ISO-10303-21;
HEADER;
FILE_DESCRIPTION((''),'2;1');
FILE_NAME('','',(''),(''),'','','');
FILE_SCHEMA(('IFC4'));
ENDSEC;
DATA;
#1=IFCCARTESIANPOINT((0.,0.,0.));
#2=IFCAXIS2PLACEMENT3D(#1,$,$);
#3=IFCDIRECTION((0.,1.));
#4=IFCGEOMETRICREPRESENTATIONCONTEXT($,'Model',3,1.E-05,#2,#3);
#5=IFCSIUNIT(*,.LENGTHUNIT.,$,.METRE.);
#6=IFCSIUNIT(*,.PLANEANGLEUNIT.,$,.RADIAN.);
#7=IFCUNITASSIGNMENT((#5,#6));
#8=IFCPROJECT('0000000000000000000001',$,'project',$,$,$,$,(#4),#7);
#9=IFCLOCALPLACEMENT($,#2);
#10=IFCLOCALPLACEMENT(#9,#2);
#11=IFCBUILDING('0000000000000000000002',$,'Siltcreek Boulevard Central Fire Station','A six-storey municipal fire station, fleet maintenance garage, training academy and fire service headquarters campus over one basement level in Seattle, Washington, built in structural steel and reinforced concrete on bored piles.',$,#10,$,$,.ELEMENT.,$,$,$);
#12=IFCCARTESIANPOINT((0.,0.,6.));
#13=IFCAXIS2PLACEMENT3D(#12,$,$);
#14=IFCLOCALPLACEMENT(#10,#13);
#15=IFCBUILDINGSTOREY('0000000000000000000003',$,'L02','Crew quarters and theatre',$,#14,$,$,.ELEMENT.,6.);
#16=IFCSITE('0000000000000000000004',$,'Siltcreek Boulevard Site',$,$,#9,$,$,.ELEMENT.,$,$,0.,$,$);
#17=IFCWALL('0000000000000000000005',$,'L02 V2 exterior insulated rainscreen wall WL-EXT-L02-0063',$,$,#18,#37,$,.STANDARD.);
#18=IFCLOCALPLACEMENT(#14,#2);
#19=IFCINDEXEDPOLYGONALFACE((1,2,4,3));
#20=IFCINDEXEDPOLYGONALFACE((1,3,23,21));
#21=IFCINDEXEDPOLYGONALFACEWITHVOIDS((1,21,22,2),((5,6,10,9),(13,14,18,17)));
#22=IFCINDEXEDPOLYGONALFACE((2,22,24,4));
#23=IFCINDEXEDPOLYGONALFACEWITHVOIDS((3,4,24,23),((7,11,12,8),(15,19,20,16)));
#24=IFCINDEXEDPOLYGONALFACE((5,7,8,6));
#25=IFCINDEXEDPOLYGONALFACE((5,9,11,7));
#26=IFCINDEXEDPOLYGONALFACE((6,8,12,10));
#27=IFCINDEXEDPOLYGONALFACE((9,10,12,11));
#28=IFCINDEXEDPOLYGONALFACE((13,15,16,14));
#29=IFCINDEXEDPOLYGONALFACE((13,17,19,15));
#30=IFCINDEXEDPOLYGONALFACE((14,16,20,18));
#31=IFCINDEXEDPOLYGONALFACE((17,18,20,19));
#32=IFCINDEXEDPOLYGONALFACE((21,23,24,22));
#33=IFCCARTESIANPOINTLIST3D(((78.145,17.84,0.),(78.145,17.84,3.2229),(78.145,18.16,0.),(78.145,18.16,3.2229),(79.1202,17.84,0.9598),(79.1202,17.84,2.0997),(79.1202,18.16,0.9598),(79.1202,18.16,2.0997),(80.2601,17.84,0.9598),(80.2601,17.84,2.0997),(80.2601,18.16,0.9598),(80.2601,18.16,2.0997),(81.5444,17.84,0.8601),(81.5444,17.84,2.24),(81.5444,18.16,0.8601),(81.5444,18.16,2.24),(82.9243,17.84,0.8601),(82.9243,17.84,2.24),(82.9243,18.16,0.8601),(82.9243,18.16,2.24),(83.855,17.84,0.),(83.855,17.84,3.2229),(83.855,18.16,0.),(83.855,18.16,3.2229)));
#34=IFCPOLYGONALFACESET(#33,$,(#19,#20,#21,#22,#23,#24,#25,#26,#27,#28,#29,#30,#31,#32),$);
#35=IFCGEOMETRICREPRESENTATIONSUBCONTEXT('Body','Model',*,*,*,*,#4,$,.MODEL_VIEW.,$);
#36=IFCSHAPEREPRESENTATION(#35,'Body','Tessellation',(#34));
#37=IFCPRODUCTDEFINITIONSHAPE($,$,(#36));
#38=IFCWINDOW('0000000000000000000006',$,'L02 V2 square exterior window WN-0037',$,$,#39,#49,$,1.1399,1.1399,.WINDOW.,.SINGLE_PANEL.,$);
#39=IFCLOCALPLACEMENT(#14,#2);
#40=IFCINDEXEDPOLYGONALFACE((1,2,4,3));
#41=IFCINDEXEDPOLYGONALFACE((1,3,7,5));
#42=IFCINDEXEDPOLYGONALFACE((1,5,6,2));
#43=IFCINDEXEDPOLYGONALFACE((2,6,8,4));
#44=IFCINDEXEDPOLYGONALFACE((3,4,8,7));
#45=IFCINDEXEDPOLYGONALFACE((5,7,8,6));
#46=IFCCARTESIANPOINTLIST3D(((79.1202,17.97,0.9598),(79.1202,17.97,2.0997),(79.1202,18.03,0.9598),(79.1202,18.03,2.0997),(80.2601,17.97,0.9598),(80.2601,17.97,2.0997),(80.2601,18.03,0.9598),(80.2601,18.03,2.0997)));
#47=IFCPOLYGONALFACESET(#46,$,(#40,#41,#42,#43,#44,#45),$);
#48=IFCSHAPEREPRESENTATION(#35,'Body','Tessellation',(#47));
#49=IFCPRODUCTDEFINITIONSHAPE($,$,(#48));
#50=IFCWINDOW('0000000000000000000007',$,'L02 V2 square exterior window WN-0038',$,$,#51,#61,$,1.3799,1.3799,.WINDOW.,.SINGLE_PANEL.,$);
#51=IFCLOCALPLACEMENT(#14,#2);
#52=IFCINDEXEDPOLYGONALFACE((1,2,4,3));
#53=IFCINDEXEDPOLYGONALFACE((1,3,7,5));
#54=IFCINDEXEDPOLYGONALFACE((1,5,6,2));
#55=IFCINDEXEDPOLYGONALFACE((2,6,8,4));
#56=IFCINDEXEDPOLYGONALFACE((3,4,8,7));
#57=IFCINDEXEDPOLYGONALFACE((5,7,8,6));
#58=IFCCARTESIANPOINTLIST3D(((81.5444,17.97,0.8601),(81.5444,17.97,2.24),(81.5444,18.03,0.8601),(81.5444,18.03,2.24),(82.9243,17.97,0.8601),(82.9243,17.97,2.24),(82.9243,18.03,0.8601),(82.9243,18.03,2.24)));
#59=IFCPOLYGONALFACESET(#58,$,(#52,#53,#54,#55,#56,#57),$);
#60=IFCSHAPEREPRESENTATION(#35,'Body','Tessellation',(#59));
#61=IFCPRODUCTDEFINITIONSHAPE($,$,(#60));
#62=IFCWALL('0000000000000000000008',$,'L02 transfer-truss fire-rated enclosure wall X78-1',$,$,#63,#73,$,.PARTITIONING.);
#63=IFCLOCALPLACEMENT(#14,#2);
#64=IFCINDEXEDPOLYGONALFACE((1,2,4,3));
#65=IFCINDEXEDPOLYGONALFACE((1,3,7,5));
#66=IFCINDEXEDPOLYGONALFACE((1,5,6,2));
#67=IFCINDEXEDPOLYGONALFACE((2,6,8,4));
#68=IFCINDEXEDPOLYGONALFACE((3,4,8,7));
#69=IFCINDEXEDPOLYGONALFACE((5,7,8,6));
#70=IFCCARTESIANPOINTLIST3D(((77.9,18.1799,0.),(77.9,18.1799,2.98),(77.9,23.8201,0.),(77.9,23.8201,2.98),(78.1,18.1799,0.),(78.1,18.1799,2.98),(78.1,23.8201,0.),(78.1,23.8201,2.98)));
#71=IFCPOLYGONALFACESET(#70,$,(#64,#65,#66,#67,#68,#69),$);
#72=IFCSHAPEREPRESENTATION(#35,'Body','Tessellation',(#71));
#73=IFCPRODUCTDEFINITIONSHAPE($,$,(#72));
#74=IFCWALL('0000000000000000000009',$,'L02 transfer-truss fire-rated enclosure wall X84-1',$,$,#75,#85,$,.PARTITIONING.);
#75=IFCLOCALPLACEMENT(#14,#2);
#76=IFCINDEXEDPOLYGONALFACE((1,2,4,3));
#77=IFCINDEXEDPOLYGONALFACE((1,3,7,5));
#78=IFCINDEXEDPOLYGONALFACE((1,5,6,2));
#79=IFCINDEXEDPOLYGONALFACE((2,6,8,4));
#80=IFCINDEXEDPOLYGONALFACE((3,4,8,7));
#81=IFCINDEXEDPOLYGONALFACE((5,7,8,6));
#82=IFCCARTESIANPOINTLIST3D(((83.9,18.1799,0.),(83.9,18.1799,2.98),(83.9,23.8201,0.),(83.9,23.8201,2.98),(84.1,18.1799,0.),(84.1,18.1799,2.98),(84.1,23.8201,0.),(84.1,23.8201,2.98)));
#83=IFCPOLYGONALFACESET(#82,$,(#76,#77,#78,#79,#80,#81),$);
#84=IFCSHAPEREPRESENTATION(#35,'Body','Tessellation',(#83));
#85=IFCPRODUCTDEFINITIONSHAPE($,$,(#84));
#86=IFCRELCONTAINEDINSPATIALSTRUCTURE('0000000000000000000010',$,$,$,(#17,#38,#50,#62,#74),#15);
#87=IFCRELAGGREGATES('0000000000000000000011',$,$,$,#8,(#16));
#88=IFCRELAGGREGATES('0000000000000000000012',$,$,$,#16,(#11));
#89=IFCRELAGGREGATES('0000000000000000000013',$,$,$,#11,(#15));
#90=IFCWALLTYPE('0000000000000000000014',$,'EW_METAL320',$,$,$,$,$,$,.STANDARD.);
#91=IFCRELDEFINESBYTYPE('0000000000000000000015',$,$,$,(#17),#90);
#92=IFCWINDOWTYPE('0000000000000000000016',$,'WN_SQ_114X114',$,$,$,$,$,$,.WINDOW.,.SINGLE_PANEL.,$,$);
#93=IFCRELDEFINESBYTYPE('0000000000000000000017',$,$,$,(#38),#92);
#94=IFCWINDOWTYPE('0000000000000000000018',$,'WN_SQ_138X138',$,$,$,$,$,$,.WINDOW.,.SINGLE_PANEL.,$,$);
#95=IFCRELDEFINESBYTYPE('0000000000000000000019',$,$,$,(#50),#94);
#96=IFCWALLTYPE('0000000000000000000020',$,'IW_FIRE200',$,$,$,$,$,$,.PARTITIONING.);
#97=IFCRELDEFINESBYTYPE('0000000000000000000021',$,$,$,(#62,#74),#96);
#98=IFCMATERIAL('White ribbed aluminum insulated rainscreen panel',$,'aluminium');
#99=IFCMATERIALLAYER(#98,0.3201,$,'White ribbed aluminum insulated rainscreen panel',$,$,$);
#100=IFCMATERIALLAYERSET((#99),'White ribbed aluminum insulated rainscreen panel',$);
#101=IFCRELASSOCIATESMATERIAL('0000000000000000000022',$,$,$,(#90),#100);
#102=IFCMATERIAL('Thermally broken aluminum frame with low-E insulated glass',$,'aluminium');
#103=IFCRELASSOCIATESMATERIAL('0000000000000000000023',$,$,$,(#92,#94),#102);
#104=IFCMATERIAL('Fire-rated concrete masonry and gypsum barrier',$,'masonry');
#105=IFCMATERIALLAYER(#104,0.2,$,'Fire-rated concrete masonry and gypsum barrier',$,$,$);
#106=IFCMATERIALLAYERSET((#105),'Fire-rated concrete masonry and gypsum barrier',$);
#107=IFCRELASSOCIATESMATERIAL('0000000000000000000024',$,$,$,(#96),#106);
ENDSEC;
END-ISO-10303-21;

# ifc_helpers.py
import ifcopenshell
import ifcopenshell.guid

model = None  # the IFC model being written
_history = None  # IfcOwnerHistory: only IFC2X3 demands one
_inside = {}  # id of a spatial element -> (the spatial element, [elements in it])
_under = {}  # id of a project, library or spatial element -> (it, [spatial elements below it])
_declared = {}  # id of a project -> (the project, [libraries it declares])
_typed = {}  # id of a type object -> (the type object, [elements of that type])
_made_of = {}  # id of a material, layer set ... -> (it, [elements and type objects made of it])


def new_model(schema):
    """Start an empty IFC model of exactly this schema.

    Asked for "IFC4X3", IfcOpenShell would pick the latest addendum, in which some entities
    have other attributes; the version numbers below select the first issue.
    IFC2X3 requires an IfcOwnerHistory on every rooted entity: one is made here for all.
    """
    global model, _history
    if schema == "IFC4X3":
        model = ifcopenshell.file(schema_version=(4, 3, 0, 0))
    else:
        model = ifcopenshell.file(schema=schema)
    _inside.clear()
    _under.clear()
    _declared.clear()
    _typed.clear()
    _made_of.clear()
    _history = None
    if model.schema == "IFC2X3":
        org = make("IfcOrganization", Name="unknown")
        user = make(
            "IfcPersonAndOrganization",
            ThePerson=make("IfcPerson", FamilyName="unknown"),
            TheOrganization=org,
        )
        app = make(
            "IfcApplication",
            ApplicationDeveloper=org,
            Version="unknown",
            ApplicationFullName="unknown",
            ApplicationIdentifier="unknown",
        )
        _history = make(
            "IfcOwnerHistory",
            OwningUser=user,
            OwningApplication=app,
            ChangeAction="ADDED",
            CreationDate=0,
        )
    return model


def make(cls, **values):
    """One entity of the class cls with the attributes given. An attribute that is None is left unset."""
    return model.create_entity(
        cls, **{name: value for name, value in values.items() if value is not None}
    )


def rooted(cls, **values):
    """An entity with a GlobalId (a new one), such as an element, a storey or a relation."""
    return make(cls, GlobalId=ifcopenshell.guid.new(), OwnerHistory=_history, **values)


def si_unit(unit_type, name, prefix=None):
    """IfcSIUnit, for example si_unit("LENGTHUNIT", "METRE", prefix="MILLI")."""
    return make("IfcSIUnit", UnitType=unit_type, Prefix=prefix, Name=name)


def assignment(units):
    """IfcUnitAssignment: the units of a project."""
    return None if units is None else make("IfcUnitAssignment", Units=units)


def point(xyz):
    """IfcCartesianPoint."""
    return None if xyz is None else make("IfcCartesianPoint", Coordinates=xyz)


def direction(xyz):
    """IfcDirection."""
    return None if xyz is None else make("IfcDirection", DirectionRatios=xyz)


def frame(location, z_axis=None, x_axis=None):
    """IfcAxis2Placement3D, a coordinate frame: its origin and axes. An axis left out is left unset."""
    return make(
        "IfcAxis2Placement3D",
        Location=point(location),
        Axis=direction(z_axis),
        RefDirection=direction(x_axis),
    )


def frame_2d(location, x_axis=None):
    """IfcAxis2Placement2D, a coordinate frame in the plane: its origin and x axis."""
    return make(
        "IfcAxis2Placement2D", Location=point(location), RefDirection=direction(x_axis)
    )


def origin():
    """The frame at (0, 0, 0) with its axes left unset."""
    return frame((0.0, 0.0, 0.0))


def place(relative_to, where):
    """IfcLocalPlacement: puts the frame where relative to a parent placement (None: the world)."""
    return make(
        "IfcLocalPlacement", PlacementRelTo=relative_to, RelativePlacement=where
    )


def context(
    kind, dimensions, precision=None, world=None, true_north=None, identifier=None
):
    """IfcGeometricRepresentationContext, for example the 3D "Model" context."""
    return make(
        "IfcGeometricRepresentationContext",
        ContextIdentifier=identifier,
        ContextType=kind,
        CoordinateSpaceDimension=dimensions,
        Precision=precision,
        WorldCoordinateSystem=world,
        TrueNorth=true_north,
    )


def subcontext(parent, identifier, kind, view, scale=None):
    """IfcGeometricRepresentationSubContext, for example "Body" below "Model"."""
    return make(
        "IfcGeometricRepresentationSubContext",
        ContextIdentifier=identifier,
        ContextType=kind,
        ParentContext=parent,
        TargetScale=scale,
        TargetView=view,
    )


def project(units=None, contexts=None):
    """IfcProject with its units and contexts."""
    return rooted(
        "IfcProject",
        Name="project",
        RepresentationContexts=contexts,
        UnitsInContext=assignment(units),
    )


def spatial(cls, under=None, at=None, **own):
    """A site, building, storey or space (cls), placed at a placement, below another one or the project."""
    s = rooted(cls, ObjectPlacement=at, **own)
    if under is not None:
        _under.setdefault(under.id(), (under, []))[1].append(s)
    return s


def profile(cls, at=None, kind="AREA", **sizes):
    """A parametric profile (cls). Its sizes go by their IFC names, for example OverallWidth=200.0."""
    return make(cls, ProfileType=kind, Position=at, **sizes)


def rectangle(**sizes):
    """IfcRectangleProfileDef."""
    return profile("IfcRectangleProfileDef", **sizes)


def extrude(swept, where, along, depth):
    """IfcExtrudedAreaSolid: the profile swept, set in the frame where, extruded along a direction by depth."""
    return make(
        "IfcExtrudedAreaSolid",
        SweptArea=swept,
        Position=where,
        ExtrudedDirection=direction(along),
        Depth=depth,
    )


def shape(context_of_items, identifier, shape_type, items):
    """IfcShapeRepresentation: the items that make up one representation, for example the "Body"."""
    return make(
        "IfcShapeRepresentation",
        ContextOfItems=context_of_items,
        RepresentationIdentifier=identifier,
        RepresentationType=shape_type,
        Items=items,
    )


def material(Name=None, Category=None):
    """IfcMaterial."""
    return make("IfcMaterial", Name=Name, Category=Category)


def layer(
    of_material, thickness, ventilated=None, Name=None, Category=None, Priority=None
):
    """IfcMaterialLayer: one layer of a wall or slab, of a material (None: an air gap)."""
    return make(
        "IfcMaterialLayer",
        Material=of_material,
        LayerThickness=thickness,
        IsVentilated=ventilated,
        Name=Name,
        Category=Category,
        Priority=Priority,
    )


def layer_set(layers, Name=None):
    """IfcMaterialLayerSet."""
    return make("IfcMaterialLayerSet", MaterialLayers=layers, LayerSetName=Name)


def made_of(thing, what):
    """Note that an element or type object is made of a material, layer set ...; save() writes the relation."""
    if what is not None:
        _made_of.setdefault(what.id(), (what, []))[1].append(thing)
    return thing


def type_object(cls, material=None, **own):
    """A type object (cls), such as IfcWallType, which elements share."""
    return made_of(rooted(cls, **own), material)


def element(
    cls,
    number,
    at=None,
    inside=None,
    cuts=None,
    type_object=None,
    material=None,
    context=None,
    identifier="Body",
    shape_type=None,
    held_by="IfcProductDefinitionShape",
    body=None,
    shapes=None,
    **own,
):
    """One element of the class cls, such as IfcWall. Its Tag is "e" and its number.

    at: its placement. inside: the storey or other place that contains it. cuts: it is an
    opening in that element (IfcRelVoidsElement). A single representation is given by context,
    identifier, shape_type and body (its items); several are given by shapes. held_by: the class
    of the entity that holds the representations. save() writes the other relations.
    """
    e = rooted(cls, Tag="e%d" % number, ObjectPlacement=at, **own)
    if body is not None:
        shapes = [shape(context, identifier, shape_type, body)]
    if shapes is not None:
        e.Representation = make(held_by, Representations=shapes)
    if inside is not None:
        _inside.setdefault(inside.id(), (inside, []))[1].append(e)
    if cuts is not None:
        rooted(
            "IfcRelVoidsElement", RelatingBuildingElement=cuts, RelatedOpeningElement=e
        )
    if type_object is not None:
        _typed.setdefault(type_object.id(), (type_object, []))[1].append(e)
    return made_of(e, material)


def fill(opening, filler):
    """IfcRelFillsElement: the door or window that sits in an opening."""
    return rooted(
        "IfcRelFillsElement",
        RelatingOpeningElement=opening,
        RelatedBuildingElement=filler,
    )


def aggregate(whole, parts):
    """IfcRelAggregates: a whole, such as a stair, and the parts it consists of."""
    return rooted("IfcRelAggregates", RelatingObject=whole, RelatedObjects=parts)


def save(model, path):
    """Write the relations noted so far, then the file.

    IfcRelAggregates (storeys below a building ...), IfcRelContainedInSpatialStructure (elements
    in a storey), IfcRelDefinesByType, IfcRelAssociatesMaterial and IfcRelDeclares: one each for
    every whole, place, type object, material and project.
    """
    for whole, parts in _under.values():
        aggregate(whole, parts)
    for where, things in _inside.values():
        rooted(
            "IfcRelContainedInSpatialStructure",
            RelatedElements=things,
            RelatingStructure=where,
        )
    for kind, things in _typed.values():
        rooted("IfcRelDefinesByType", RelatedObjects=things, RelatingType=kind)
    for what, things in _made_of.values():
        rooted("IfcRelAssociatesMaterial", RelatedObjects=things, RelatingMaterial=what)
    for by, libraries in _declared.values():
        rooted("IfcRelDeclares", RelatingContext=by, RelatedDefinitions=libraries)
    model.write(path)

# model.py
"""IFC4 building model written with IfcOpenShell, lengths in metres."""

from ifc_helpers import new_model, si_unit, direction, frame, frame_2d, origin, place, context, subcontext, project, spatial, rectangle, extrude, material, layer, layer_set, type_object, element, fill, save


model = new_model("IFC4")

# Units and contexts
model_context = context("Model", 3, precision=1e-05, world=origin(), true_north=direction((0.0, 1.0)))
body_context = subcontext(model_context, "Body", "Model", "MODEL_VIEW")
ifc_project = project(units=[si_unit("LENGTHUNIT", "METRE"), si_unit("PLANEANGLEUNIT", "RADIAN")], contexts=[model_context])

# Site, building, storey
site_placement = place(None, origin())
site = spatial("IfcSite", under=ifc_project, at=site_placement, Name="Siltcreek Boulevard Site", CompositionType="ELEMENT", RefElevation=0.0)
building_placement = place(site_placement, origin())
building = spatial("IfcBuilding", under=site, at=building_placement, Name="Siltcreek Boulevard Central Fire Station", Description="A six-storey municipal fire station, fleet maintenance garage, training academy and fire service headquarters campus over one basement level in Seattle, Washington, built in structural steel and reinforced concrete on bored piles.", CompositionType="ELEMENT")
storey_placement = place(building_placement, frame((0.0, 0.0, 6.0)))
storey = spatial("IfcBuildingStorey", under=building, at=storey_placement, Name="L02", Description="Crew quarters and theatre", CompositionType="ELEMENT", Elevation=6.0)

# Wall, openings, windows
ifc_material_1 = material(Name="White ribbed aluminum insulated rainscreen panel", Category="aluminium")
ifc_layer_1 = layer(ifc_material_1, 0.3201, Name="White ribbed aluminum insulated rainscreen panel")
ifc_layer_set_1 = layer_set([ifc_layer_1], Name="White ribbed aluminum insulated rainscreen panel")
wall_type_1 = type_object("IfcWallType", Name="EW_METAL320", PredefinedType="STANDARD", material=ifc_layer_set_1)
wall_placement = place(storey_placement, frame((78.145, 18.0, 0.0), z_axis=(0.0, 0.0, 1.0), x_axis=(1.0, 0.0, 0.0)))
wall = element("IfcWall", 1, at=wall_placement, inside=storey, type_object=wall_type_1, Name="L02 V2 exterior insulated rainscreen wall WL-EXT-L02-0063", PredefinedType="STANDARD", context=body_context, shape_type="SweptSolid", body=[
    extrude(rectangle(XDim=5.71, YDim=0.3201, at=frame_2d((2.855, 0.0))), origin(), (0.0, 0.0, 1.0), 3.2229),
])
opening_1_placement = place(wall_placement, frame((0.9753, 0.0, 0.96)))
opening_1 = element("IfcOpeningElement", 2, at=opening_1_placement, cuts=wall, PredefinedType="OPENING", context=body_context, shape_type="SweptSolid", body=[
    extrude(rectangle(XDim=1.1399, YDim=1.1399, at=frame_2d((0.5698, 0.5698))), frame((0.0, 0.1699, 0.0), z_axis=(0.0, -1.0, 0.0), x_axis=(1.0, 0.0, 0.0)), (0.0, 0.0, 1.0), 0.3401),
])
opening_2_placement = place(wall_placement, frame((3.3994, 0.0, 0.8601)))
opening_2 = element("IfcOpeningElement", 3, at=opening_2_placement, cuts=wall, PredefinedType="OPENING", context=body_context, shape_type="SweptSolid", body=[
    extrude(rectangle(XDim=1.3799, YDim=1.3799, at=frame_2d((0.6899, 0.6899))), frame((0.0, 0.1699, 0.0), z_axis=(0.0, -1.0, 0.0), x_axis=(1.0, 0.0, 0.0)), (0.0, 0.0, 1.0), 0.3401),
])
ifc_material_2 = material(Name="Thermally broken aluminum frame with low-E insulated glass", Category="aluminium")
window_type_1 = type_object("IfcWindowType", Name="WN_SQ_114X114", PartitioningType="SINGLE_PANEL", PredefinedType="WINDOW", material=ifc_material_2)
window_1_placement = place(opening_1_placement, origin())
window_1 = element("IfcWindow", 4, at=window_1_placement, inside=storey, type_object=window_type_1, Name="L02 V2 square exterior window WN-0037", OverallHeight=1.1399, OverallWidth=1.1399, PartitioningType="SINGLE_PANEL", PredefinedType="WINDOW", context=body_context, shape_type="SweptSolid", body=[
    extrude(rectangle(XDim=1.1399, YDim=1.1399, at=frame_2d((0.5698, 0.5698))), frame((0.0, 0.03, 0.0), z_axis=(0.0, -1.0, 0.0), x_axis=(1.0, 0.0, 0.0)), (0.0, 0.0, 1.0), 0.0601),
])
fill(opening_1, window_1)
window_type_2 = type_object("IfcWindowType", Name="WN_SQ_138X138", PartitioningType="SINGLE_PANEL", PredefinedType="WINDOW", material=ifc_material_2)
window_2_placement = place(opening_2_placement, origin())
window_2 = element("IfcWindow", 5, at=window_2_placement, inside=storey, type_object=window_type_2, Name="L02 V2 square exterior window WN-0038", OverallHeight=1.3799, OverallWidth=1.3799, PartitioningType="SINGLE_PANEL", PredefinedType="WINDOW", context=body_context, shape_type="SweptSolid", body=[
    extrude(rectangle(XDim=1.3799, YDim=1.3799, at=frame_2d((0.6899, 0.6899))), frame((0.0, 0.03, 0.0), z_axis=(0.0, -1.0, 0.0), x_axis=(1.0, 0.0, 0.0)), (0.0, 0.0, 1.0), 0.0601),
])
fill(opening_2, window_2)

# Walls
ifc_material_3 = material(Name="Fire-rated concrete masonry and gypsum barrier", Category="masonry")
ifc_layer_2 = layer(ifc_material_3, 0.2, Name="Fire-rated concrete masonry and gypsum barrier")
ifc_layer_set_2 = layer_set([ifc_layer_2], Name="Fire-rated concrete masonry and gypsum barrier")
wall_type_2 = type_object("IfcWallType", Name="IW_FIRE200", PredefinedType="PARTITIONING", material=ifc_layer_set_2)
for number, where, z_axis, x_axis, name in (
    (6, (78.0, 18.1799, 0.0), (0.0, 0.0, 1.0), (0.0, 1.0, 0.0), "L02 transfer-truss fire-rated enclosure wall X78-1"),
    (7, (84.0, 18.1799, 0.0), (0.0, 0.0, 1.0), (0.0, 1.0, 0.0), "L02 transfer-truss fire-rated enclosure wall X84-1"),
):
    element("IfcWall", number, at=place(storey_placement, frame(where, z_axis=z_axis, x_axis=x_axis)), inside=storey, type_object=wall_type_2, Name=name, PredefinedType="PARTITIONING", context=body_context, shape_type="SweptSolid", body=[
        extrude(rectangle(XDim=5.6401, YDim=0.2, at=frame_2d((2.8201, 0.0))), origin(), (0.0, 0.0, 1.0), 2.98),
    ])

save(model, "model.ifc")
